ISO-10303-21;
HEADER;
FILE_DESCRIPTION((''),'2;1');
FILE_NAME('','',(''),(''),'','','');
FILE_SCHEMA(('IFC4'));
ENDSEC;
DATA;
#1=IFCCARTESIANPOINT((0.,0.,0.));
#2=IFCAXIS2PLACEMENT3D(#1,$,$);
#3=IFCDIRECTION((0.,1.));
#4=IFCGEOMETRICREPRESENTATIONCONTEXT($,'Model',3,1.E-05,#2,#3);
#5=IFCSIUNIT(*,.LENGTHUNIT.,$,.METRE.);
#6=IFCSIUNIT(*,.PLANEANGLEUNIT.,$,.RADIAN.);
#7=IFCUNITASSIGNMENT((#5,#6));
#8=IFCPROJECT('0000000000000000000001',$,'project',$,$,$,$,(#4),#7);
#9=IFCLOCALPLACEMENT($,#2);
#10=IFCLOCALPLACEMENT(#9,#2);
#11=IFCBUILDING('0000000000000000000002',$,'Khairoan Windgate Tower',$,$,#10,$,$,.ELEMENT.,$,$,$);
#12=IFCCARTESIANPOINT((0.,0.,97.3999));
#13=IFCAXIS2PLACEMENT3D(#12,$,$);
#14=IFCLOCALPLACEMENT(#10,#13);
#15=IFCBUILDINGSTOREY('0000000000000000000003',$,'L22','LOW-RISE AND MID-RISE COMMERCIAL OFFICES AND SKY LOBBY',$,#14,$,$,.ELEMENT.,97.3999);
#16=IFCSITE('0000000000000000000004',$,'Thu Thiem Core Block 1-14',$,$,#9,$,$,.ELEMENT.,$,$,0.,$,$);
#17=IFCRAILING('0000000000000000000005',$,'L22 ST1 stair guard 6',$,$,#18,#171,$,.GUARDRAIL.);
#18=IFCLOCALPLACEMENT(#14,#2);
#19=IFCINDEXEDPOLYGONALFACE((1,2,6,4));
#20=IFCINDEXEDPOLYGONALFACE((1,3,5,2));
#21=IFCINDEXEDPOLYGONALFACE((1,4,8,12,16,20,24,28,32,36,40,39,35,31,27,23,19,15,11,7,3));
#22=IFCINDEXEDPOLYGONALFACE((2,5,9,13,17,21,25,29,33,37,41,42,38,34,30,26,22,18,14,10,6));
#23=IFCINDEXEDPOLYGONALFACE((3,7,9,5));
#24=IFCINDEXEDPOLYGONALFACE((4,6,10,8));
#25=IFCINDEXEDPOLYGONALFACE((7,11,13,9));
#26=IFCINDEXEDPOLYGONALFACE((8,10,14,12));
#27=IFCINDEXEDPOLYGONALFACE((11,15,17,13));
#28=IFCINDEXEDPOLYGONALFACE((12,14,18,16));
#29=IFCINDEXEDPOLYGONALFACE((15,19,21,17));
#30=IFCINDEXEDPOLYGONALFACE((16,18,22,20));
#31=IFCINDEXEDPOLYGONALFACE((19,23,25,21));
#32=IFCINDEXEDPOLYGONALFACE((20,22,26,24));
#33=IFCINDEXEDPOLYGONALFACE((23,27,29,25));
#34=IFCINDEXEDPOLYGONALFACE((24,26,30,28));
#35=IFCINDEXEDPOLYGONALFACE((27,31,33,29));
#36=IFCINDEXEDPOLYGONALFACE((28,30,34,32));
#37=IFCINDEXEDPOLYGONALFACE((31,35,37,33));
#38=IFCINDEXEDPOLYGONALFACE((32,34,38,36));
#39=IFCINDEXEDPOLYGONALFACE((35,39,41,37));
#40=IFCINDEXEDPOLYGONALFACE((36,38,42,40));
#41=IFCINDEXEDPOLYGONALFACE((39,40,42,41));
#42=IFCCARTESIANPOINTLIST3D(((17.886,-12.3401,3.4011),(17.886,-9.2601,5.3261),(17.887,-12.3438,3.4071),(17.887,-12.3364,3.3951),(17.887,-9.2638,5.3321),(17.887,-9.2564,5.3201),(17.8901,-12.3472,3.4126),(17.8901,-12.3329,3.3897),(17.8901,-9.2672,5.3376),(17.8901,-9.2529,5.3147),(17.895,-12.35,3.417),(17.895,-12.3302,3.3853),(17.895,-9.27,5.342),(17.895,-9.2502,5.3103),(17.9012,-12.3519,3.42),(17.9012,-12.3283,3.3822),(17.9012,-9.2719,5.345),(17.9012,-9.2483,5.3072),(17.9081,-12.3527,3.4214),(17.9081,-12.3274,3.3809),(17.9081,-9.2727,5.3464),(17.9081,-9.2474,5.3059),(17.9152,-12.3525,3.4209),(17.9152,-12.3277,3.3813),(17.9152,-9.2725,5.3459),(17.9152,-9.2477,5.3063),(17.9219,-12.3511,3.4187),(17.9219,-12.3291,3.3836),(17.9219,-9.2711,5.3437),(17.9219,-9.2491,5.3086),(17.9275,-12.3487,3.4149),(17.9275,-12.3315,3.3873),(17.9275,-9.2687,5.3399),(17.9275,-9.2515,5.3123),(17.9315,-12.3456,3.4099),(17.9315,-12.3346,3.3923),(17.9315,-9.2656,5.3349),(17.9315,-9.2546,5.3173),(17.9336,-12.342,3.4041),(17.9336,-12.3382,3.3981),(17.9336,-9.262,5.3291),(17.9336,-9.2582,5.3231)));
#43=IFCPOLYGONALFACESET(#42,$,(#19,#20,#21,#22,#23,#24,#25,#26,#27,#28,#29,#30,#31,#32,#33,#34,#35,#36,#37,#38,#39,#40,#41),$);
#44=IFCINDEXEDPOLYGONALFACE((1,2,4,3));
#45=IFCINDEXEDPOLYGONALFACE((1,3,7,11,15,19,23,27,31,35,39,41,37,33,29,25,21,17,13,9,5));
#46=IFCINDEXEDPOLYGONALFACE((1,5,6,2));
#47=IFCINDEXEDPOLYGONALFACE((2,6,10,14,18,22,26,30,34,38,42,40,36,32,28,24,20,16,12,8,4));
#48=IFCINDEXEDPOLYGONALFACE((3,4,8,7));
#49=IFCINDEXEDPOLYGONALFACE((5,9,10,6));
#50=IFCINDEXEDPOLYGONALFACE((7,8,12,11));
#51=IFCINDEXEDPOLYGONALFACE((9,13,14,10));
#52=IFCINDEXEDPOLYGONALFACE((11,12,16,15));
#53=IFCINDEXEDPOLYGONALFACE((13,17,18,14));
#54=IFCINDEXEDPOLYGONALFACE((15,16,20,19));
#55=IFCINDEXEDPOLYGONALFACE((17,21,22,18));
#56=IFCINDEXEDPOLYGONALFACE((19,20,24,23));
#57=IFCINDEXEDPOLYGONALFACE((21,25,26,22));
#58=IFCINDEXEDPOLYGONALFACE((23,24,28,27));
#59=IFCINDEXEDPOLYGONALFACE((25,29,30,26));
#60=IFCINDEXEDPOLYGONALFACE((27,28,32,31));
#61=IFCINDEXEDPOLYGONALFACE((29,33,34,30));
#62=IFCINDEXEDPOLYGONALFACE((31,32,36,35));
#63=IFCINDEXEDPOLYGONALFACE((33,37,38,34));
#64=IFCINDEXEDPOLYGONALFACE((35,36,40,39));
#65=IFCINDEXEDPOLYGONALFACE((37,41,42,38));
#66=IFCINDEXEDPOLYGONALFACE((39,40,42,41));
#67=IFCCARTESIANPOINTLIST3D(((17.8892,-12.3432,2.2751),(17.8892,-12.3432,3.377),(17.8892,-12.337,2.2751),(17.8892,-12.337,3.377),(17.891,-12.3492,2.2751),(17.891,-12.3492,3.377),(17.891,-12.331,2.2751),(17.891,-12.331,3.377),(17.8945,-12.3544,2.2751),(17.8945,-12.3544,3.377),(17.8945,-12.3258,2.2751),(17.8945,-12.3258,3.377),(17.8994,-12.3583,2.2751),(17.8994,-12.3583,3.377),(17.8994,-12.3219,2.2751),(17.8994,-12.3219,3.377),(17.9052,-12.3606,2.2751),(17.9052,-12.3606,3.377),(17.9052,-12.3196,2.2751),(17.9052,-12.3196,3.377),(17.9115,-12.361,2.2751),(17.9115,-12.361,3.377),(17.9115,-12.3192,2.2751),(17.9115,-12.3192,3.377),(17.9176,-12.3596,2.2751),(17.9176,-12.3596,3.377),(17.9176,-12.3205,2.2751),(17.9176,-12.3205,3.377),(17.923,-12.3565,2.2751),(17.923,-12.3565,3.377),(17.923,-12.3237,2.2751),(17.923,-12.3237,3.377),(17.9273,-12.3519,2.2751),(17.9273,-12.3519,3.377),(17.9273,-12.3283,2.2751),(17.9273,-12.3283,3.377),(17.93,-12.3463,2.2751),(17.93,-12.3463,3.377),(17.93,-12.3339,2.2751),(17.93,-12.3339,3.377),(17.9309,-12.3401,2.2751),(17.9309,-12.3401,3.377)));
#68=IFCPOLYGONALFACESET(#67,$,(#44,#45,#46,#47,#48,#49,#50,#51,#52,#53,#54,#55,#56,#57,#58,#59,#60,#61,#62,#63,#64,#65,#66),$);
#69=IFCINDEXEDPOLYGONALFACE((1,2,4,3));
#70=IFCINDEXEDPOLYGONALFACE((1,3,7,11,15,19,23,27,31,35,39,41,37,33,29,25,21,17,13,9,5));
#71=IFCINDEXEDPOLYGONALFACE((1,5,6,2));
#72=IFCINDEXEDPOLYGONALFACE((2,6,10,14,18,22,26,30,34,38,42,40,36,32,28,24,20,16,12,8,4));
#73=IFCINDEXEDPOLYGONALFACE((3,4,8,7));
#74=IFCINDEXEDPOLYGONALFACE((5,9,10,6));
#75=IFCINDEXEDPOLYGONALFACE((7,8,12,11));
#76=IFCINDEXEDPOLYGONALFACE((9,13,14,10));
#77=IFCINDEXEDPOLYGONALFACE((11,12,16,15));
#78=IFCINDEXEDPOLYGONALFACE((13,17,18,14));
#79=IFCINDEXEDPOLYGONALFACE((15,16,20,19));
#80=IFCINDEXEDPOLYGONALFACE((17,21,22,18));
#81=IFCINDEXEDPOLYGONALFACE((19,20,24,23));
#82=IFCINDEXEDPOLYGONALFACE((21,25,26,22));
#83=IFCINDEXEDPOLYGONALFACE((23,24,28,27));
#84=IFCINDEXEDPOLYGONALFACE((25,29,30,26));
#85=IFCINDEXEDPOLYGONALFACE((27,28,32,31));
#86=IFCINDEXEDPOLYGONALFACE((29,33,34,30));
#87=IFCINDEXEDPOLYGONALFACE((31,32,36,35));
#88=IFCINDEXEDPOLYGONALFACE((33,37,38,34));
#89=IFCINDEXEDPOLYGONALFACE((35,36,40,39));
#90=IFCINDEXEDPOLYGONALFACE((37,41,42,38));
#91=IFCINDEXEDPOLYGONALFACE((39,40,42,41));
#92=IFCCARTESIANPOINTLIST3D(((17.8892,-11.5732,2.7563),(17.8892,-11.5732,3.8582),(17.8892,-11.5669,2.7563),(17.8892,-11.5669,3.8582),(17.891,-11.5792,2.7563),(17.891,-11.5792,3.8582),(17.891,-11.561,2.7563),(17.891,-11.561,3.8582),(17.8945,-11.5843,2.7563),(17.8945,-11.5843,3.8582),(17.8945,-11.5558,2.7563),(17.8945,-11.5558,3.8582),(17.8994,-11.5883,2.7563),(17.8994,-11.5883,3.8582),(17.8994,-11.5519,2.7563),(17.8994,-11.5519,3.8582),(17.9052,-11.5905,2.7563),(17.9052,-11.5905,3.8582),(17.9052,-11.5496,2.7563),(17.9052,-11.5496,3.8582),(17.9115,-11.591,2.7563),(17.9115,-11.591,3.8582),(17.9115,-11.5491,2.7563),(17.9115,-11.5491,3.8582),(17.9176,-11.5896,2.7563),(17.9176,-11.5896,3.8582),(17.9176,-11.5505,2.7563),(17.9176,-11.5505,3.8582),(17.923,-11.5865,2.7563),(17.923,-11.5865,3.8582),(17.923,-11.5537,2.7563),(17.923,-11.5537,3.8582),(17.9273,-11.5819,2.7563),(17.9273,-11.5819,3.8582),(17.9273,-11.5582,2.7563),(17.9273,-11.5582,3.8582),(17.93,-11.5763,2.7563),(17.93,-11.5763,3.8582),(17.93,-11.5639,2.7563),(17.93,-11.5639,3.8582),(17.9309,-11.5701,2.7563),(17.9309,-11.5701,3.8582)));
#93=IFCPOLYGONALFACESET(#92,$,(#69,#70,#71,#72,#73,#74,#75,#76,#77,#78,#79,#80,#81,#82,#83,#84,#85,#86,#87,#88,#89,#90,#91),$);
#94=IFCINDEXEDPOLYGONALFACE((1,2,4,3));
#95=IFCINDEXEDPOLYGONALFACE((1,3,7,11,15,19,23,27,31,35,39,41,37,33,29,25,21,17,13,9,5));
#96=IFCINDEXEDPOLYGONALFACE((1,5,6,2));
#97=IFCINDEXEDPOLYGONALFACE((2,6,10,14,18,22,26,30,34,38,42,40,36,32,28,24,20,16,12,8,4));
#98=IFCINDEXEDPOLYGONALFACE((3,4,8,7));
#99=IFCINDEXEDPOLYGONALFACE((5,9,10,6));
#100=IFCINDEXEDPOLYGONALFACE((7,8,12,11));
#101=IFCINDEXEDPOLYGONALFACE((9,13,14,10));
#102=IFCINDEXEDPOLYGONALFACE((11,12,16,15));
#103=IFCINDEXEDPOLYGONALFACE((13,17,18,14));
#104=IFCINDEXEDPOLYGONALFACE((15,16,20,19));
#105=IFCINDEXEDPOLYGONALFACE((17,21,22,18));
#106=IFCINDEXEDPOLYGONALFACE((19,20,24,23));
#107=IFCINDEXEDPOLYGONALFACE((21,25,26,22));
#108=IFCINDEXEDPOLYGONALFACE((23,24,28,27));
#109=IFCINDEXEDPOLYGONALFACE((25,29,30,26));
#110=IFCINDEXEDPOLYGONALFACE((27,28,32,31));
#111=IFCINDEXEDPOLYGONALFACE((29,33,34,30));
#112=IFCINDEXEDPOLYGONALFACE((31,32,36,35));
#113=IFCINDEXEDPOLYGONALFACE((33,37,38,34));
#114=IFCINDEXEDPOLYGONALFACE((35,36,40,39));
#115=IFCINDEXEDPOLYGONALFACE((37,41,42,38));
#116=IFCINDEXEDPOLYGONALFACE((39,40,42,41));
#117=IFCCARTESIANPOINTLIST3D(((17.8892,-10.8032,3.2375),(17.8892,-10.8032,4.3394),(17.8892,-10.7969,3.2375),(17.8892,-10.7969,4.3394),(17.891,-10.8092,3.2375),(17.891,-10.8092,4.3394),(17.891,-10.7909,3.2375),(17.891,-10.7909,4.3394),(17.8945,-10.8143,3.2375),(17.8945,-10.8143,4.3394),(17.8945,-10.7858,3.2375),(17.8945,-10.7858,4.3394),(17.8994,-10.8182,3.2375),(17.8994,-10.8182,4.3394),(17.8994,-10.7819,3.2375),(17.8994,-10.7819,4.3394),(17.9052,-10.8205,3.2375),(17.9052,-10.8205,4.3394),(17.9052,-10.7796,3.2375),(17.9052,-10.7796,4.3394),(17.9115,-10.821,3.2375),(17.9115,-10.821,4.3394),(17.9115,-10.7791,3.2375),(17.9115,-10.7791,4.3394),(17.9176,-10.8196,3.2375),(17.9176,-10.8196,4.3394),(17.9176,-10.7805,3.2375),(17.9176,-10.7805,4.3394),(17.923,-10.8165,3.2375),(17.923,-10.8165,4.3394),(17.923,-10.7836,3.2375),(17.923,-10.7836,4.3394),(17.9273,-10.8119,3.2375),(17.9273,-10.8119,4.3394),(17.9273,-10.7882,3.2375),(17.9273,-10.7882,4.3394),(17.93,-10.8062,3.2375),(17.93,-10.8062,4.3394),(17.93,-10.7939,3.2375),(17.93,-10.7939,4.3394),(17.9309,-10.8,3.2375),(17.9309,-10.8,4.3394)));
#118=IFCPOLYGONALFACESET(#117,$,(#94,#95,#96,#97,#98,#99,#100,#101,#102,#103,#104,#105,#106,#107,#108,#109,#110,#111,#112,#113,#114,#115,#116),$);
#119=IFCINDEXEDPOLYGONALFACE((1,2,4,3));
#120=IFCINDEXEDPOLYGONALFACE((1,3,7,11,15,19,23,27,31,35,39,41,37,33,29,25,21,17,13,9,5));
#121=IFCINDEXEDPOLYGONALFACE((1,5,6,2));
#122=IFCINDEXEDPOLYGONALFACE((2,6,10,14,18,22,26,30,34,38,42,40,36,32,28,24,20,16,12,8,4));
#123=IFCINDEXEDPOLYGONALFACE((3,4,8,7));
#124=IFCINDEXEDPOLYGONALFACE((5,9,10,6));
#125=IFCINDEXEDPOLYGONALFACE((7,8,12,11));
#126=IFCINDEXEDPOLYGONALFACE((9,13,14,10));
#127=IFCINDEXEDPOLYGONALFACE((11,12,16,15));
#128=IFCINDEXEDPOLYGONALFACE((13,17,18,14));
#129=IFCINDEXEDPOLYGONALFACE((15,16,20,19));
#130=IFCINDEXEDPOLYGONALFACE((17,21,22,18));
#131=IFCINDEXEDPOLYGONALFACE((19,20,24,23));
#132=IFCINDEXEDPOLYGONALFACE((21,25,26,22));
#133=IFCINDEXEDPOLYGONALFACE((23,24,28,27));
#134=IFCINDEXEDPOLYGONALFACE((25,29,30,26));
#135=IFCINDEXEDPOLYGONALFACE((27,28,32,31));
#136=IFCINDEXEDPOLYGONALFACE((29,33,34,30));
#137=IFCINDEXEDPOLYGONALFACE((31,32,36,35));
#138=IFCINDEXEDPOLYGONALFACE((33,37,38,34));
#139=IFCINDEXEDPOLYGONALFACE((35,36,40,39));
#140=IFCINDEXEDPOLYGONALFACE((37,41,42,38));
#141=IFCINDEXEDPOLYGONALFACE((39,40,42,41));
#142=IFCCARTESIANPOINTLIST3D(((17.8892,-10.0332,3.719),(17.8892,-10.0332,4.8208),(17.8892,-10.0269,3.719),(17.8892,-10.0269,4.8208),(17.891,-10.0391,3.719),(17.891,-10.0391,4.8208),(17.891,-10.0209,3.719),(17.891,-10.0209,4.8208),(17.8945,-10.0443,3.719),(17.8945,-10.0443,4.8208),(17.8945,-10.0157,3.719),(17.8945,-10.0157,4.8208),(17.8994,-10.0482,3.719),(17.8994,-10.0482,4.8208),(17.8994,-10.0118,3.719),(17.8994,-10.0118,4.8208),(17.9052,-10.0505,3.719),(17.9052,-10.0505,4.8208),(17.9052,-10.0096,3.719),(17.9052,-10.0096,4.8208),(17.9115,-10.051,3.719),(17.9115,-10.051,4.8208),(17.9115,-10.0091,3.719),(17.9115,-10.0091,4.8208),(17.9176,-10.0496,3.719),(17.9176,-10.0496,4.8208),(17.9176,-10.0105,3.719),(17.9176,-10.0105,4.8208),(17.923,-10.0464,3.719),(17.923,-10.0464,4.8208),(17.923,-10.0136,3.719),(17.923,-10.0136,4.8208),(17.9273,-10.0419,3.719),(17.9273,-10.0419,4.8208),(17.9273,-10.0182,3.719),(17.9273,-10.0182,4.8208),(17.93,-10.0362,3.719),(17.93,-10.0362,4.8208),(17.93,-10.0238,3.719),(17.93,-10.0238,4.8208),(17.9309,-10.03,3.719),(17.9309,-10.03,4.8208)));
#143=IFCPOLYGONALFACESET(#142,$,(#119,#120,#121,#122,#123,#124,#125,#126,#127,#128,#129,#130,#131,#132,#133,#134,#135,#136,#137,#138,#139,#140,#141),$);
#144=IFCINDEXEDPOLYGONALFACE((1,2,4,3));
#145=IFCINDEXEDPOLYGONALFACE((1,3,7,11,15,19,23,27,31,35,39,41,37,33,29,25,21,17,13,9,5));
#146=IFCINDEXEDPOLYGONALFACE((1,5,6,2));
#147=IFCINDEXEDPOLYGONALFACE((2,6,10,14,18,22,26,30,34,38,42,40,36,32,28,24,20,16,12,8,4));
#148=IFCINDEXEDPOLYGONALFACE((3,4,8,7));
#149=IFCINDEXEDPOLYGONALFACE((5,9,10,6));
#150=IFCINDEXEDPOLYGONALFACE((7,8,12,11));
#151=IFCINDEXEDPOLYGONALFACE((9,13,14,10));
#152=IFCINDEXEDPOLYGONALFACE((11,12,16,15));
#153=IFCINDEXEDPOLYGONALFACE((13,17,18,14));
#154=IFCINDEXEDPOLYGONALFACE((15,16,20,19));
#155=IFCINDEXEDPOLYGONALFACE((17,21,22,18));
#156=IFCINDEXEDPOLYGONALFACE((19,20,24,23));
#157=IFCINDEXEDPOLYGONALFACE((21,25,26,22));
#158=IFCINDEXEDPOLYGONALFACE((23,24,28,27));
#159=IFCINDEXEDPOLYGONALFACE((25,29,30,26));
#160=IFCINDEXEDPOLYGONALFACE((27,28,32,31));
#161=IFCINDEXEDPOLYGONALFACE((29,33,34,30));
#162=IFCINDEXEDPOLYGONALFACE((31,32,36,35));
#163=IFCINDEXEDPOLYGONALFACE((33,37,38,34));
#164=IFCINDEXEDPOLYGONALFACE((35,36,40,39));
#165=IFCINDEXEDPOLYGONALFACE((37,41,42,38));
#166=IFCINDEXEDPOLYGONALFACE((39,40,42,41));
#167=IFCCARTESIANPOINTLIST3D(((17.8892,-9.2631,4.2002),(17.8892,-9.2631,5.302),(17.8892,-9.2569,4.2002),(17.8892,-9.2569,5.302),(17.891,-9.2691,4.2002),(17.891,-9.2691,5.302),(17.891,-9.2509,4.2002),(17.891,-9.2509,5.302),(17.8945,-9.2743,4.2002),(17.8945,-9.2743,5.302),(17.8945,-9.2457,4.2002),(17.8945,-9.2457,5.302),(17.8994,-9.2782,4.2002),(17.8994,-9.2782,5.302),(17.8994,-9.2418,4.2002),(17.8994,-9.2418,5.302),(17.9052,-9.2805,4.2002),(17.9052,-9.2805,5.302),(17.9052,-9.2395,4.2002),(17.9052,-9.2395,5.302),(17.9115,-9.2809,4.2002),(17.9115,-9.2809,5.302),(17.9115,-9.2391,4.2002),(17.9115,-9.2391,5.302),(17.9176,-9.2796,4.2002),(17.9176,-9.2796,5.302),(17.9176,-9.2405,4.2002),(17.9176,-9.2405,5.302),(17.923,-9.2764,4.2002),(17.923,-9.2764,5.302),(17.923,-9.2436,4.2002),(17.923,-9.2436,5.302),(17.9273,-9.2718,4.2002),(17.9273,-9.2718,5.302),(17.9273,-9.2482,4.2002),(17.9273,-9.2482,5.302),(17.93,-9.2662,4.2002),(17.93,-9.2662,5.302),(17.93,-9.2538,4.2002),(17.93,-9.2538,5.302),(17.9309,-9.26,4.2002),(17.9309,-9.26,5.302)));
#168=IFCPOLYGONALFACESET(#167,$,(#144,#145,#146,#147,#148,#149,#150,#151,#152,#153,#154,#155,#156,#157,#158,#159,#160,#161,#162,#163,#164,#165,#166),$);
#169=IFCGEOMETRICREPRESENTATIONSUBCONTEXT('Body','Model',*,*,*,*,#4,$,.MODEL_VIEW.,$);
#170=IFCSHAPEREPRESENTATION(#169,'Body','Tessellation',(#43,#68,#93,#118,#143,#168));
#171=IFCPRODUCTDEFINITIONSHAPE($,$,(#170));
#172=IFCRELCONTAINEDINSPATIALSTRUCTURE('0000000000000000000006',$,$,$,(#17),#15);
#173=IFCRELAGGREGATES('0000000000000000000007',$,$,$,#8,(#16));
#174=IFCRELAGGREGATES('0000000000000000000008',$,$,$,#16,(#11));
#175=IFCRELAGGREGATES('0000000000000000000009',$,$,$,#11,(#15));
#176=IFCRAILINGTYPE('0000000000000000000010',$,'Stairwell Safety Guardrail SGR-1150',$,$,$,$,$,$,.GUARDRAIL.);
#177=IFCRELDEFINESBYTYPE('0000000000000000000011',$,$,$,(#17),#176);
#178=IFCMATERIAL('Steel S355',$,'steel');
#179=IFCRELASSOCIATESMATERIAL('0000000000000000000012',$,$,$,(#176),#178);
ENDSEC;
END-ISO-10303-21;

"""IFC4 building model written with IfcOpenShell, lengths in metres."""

from ifc_helpers import new_model, si_unit, direction, frame, origin, origin_2d, place, context, subcontext, project, spatial, circle, extrude, material, type_object, element, save


model = new_model("IFC4")

# Units and contexts
model_context = context("Model", 3, precision=1e-05, world=origin(), true_north=direction((0.0, 1.0)))
body_context = subcontext(model_context, "Body", "Model", "MODEL_VIEW")
ifc_project = project(units=[si_unit("LENGTHUNIT", "METRE"), si_unit("PLANEANGLEUNIT", "RADIAN")], contexts=[model_context])

# Site, building, storey
site_placement = place(None, origin())
site = spatial("IfcSite", under=ifc_project, at=site_placement, Name="Thu Thiem Core Block 1-14", CompositionType="ELEMENT", RefElevation=0.0)
building_placement = place(site_placement, origin())
building = spatial("IfcBuilding", under=site, at=building_placement, Name="Khairoan Windgate Tower", CompositionType="ELEMENT")
storey_placement = place(building_placement, frame((0.0, 0.0, 97.3999)))
storey = spatial("IfcBuildingStorey", under=building, at=storey_placement, Name="L22", Description="LOW-RISE AND MID-RISE COMMERCIAL OFFICES AND SKY LOBBY", CompositionType="ELEMENT", Elevation=97.3999)

# Railing
ifc_material_1 = material(Name="Steel S355", Category="steel")
railing_type_1 = type_object("IfcRailingType", Name="Stairwell Safety Guardrail SGR-1150", PredefinedType="GUARDRAIL", material=ifc_material_1)
railing_1_placement = place(storey_placement, frame((17.9099, -12.3401, 2.2751)))
element("IfcRailing", 1, at=railing_1_placement, inside=storey, type_object=railing_type_1, Name="L22 ST1 stair guard 6", PredefinedType="GUARDRAIL", context=body_context, shape_type="SweptSolid", body=[
    extrude(circle(Radius=0.0239, at=origin_2d()), frame((0.0, 0.0, 1.126), z_axis=(0.0, 0.847998, 0.529999), x_axis=(-1.0, 0.0, 0.0)), (0.0, 0.0, 1.0), 3.6321),
    extrude(circle(Radius=0.021, at=origin_2d()), origin(), (0.0, 0.0, 1.0), 1.1018),
    extrude(circle(Radius=0.021, at=origin_2d()), frame((0.0, 0.77, 0.4812)), (0.0, 0.0, 1.0), 1.1018),
    extrude(circle(Radius=0.021, at=origin_2d()), frame((0.0, 1.54, 0.9624)), (0.0, 0.0, 1.0), 1.1018),
    extrude(circle(Radius=0.021, at=origin_2d()), frame((0.0, 2.3101, 1.4438)), (0.0, 0.0, 1.0), 1.1018),
    extrude(circle(Radius=0.021, at=origin_2d()), frame((0.0, 3.0801, 1.925)), (0.0, 0.0, 1.0), 1.1018),
])

save(model, "model.ifc")
